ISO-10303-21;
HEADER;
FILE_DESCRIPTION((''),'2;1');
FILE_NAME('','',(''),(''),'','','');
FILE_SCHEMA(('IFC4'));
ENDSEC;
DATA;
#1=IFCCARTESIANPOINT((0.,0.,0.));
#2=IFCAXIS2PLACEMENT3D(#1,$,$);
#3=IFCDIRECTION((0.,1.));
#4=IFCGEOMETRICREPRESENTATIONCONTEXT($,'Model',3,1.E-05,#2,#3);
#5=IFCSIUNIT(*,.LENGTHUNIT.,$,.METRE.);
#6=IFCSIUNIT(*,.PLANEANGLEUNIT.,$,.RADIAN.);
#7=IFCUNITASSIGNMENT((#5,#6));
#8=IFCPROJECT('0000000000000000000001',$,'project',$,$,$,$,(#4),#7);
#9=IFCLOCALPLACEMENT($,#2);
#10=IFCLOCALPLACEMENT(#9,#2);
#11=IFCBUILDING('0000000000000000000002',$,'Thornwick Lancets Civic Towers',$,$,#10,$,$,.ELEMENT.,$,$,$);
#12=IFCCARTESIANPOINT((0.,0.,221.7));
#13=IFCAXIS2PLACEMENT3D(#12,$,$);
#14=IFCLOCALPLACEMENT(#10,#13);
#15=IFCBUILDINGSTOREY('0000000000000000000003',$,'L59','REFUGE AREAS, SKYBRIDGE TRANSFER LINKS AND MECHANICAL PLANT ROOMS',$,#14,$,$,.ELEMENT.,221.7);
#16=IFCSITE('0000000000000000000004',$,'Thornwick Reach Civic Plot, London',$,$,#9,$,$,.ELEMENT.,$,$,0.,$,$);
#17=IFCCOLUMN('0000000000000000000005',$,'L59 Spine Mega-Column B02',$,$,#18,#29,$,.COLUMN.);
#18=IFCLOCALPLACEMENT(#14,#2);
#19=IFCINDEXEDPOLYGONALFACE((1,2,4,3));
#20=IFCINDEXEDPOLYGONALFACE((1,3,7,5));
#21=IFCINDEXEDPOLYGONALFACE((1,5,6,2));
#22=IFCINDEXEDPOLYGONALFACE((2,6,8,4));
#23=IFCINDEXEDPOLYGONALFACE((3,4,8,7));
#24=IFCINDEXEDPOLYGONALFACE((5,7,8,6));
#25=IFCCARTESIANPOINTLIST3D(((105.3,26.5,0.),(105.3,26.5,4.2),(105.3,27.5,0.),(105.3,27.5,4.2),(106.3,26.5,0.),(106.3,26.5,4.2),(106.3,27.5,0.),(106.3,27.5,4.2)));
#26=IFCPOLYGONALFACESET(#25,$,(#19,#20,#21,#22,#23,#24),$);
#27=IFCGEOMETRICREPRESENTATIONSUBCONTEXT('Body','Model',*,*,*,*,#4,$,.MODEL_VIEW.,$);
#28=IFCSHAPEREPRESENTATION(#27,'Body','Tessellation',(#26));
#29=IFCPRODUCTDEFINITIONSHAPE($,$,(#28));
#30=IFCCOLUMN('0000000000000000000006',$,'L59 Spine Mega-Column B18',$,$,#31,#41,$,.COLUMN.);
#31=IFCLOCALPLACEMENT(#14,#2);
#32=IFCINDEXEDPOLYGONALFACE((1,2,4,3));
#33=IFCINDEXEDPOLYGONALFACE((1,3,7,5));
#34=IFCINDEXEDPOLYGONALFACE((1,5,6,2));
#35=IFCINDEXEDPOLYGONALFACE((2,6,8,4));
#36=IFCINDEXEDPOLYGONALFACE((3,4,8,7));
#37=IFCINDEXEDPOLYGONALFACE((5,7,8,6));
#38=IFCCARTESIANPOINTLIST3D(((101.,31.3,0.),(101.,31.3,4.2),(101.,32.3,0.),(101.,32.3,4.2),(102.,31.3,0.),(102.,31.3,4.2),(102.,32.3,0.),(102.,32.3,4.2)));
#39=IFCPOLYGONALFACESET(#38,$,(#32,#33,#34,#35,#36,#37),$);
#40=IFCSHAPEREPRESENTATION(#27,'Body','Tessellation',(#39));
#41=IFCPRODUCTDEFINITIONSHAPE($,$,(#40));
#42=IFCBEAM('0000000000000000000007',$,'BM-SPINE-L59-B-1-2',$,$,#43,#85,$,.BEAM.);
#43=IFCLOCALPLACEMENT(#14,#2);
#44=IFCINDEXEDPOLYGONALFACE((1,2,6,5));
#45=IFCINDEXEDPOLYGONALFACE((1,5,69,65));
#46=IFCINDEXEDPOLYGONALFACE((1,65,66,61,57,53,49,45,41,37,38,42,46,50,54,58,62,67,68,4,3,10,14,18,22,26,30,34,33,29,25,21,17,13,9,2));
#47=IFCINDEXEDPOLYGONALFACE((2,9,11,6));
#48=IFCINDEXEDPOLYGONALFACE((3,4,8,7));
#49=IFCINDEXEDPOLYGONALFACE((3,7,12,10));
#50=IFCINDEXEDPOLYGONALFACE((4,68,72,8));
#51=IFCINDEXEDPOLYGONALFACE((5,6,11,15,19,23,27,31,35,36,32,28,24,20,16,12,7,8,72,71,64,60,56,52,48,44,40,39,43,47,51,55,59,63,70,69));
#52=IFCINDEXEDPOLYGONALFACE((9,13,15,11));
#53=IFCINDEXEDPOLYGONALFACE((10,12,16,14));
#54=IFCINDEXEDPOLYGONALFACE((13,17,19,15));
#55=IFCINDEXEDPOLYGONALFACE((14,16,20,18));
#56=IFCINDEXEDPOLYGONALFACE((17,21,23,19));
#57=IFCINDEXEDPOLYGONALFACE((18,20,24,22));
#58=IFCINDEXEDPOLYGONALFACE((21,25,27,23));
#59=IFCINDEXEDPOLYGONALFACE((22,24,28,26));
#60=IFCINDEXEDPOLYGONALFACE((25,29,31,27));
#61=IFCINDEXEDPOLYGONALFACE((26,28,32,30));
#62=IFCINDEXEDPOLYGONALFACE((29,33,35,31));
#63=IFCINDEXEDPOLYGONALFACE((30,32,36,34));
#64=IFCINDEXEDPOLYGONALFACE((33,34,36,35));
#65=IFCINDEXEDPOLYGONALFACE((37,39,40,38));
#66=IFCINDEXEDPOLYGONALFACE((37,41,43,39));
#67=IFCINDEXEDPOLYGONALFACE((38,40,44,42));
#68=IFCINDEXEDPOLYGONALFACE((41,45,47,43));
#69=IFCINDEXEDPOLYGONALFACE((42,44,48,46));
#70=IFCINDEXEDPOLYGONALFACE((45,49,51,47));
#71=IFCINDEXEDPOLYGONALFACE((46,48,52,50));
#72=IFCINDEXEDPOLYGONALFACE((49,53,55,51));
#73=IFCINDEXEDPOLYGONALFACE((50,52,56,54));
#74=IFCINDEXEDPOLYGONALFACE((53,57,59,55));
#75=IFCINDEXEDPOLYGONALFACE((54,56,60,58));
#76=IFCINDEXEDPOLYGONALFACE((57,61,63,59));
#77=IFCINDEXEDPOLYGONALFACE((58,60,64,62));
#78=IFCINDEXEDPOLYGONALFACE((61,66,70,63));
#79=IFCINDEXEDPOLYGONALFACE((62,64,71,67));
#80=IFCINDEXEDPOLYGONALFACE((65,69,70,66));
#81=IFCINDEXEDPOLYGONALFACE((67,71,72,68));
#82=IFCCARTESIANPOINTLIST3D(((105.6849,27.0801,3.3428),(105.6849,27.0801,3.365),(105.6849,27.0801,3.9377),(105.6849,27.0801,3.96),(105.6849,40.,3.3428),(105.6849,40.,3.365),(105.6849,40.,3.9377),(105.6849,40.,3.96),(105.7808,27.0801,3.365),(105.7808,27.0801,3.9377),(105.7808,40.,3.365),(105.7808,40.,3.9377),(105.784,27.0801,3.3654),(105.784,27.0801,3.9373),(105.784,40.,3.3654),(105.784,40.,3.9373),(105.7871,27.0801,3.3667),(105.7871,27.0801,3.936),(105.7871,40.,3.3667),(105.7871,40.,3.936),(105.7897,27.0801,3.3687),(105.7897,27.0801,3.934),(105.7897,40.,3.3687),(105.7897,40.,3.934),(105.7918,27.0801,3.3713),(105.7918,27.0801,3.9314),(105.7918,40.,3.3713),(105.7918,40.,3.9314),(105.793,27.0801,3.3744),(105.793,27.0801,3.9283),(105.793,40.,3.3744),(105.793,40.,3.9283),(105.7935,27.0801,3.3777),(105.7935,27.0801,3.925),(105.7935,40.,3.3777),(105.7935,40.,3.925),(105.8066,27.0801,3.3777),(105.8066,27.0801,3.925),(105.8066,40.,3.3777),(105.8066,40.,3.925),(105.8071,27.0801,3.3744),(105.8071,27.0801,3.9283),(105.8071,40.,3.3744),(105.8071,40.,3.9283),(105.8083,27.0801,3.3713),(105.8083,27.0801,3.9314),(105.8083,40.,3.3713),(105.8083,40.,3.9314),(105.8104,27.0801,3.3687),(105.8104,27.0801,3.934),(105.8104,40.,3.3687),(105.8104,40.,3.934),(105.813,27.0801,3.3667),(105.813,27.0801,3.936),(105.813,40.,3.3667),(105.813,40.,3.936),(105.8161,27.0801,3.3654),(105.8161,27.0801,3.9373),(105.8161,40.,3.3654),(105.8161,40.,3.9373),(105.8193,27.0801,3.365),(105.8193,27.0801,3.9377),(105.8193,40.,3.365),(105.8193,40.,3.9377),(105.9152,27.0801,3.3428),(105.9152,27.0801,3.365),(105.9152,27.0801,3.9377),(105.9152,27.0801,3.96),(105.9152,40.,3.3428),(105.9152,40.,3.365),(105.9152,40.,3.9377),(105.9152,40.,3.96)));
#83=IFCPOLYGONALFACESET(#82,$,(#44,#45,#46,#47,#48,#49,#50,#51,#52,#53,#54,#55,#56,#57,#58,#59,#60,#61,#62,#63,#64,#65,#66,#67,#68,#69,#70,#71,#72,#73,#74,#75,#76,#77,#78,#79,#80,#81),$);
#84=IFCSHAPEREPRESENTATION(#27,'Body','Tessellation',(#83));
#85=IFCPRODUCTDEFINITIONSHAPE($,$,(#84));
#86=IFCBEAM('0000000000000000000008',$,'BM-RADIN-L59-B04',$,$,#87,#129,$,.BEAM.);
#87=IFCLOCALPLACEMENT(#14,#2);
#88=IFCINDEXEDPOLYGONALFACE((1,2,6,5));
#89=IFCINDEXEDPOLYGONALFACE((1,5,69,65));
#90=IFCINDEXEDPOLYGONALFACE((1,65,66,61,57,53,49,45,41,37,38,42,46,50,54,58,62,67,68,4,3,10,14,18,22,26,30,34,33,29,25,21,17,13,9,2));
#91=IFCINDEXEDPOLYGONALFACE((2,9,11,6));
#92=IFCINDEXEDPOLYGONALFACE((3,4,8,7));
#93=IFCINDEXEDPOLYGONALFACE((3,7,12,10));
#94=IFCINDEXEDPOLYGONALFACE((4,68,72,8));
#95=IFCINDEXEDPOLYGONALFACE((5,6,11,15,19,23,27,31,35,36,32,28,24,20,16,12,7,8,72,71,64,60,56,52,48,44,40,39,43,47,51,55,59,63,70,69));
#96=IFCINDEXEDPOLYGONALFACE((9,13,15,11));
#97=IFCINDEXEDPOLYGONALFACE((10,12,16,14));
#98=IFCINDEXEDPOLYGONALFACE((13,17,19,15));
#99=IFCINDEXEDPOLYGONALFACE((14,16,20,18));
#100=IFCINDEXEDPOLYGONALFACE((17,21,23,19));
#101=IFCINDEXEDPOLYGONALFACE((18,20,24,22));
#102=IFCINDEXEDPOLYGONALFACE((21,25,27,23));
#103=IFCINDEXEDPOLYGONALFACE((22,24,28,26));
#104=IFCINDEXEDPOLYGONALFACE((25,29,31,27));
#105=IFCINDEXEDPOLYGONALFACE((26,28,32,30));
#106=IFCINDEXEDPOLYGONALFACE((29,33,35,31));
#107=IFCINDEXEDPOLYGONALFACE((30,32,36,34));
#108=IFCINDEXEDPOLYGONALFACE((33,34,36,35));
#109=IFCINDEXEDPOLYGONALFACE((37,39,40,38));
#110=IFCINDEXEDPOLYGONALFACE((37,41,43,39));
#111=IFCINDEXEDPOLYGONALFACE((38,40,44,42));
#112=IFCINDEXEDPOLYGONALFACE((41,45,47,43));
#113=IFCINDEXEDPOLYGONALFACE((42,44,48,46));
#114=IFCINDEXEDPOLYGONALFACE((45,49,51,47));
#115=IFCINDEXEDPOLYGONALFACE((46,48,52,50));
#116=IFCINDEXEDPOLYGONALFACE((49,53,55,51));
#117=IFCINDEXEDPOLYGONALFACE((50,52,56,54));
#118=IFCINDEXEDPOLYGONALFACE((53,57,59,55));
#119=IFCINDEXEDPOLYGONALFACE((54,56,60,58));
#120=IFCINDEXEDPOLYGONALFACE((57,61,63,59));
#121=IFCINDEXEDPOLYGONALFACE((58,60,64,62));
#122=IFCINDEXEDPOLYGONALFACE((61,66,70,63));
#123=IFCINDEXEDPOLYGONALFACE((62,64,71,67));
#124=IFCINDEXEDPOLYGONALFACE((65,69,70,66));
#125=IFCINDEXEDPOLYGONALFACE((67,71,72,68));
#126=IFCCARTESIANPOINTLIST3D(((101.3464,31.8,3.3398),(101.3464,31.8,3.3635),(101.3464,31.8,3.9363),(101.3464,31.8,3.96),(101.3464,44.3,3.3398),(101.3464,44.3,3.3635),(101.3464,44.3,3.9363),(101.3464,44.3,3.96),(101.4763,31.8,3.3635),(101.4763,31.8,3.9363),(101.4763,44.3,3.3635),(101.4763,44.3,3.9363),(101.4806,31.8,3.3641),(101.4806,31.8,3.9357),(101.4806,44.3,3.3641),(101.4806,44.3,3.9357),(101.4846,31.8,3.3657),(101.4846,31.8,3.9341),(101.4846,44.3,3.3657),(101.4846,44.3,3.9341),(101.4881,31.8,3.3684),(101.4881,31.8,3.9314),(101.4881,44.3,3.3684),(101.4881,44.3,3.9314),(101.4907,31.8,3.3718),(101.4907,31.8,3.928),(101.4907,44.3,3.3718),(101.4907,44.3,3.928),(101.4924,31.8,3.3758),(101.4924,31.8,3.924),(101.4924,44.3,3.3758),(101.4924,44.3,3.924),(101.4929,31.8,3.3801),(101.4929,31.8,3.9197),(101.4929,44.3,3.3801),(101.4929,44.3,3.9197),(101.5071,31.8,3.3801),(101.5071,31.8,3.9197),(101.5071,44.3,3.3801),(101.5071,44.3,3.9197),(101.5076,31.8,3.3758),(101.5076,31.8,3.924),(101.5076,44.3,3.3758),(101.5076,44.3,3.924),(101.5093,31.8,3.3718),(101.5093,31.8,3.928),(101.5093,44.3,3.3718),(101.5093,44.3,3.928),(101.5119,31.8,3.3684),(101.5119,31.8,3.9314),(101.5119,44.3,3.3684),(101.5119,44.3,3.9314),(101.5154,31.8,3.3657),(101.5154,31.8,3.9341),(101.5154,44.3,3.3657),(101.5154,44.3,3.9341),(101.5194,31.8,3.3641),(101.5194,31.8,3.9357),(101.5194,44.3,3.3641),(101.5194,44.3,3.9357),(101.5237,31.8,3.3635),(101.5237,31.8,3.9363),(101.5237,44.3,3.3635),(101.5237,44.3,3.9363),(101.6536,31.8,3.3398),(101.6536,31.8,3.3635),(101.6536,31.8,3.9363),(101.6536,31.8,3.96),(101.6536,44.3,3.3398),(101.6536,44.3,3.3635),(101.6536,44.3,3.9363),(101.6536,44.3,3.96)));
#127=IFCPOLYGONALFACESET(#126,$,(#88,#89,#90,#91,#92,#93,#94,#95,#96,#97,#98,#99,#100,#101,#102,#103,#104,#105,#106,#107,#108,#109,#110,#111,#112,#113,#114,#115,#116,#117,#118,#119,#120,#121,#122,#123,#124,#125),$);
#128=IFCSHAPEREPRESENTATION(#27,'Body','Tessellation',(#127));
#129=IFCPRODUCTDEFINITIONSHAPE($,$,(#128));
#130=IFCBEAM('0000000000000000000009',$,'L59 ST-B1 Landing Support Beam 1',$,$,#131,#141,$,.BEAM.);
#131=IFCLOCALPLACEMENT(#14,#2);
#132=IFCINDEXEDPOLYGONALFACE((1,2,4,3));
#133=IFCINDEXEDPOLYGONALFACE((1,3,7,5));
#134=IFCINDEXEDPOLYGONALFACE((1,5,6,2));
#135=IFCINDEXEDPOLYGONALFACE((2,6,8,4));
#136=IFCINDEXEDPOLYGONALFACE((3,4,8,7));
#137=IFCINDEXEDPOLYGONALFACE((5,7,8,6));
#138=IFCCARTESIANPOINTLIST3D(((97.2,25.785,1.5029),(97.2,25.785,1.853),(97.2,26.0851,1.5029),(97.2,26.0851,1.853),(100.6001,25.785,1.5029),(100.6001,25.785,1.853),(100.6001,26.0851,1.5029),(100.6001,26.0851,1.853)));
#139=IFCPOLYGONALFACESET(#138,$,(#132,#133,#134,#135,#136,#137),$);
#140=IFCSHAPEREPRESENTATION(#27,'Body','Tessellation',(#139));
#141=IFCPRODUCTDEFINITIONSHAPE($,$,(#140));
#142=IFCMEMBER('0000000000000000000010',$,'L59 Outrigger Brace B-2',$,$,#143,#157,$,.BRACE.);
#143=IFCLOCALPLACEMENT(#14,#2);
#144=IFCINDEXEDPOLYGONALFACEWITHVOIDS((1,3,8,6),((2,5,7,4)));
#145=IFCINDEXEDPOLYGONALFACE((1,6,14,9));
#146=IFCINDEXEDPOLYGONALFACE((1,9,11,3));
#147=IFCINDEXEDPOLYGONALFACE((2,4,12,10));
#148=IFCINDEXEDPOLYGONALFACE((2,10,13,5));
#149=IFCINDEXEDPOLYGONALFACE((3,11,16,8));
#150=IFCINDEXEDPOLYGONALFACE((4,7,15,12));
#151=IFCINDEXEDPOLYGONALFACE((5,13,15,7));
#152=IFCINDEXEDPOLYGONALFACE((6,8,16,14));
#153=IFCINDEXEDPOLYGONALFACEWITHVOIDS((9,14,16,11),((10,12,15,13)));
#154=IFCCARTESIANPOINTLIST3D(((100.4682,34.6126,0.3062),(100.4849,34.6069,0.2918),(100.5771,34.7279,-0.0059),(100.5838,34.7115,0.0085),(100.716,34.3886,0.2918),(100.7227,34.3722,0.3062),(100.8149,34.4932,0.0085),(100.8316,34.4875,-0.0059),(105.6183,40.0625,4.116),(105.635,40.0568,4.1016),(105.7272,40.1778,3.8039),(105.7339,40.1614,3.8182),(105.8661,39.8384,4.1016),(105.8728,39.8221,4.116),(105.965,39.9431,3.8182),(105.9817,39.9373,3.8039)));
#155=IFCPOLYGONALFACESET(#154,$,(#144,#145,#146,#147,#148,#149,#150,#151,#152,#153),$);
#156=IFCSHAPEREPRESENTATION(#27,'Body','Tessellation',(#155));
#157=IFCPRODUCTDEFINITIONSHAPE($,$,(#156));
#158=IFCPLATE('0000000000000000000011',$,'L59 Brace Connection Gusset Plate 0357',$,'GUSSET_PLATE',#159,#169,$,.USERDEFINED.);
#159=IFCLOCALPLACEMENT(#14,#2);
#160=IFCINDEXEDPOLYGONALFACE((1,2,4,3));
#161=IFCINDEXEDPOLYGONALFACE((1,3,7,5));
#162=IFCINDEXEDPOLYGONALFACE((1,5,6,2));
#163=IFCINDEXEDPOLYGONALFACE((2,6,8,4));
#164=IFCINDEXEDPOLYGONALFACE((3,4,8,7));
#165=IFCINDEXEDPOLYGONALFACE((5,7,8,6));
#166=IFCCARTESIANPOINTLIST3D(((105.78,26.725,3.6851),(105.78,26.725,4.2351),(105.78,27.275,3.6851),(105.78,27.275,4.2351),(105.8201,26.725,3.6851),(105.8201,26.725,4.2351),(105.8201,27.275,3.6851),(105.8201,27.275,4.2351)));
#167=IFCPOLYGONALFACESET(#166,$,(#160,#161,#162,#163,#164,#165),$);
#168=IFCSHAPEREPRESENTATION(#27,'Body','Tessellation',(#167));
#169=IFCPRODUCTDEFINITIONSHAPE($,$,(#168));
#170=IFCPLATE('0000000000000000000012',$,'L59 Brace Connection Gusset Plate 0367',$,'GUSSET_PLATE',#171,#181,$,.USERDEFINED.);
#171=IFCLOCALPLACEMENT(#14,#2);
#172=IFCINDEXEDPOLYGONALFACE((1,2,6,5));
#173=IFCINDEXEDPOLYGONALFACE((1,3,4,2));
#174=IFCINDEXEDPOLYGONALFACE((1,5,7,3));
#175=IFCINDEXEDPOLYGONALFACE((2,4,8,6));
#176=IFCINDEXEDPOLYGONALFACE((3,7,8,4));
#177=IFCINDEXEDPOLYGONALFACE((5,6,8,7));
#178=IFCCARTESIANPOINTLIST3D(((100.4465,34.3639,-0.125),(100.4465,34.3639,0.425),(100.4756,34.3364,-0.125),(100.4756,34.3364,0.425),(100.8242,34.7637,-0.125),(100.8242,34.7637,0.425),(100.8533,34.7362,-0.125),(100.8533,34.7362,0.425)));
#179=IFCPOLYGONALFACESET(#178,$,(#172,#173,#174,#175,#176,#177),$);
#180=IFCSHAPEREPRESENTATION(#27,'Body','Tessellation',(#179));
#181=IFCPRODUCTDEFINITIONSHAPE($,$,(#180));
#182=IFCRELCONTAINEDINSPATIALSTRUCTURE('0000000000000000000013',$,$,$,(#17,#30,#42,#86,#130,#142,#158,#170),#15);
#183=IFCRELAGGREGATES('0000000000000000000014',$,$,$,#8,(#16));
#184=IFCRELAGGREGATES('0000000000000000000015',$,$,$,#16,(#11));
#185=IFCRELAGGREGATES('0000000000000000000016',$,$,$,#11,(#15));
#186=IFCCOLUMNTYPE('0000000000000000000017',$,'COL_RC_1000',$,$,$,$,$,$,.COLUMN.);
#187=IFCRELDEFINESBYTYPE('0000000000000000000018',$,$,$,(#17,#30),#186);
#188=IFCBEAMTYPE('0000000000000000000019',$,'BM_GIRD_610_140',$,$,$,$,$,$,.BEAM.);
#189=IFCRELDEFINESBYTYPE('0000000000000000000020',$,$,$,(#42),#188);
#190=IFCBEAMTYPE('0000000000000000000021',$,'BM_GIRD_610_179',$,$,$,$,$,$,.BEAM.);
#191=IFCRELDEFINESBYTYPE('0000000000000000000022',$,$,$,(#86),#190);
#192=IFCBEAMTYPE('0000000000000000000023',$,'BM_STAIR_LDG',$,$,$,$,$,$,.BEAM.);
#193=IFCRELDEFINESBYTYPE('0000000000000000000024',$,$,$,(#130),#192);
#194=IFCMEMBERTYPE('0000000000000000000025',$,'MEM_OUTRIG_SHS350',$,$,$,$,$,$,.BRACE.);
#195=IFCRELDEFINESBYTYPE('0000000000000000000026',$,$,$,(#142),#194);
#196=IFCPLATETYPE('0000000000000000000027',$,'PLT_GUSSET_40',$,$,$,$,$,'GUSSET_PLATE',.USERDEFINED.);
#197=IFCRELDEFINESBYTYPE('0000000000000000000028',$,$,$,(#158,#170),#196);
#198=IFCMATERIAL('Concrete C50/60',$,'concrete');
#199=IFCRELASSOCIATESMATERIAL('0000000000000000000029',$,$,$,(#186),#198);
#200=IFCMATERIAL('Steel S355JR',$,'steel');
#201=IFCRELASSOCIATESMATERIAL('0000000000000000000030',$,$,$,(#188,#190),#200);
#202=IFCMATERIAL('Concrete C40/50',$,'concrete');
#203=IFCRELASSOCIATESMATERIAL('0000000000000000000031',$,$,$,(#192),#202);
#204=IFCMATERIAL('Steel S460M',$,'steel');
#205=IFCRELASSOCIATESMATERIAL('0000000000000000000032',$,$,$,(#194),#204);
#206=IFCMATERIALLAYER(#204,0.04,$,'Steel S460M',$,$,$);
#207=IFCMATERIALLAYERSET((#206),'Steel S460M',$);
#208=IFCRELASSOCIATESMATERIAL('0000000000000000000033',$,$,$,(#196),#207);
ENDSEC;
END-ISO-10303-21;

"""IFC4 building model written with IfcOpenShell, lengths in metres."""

from ifc_helpers import new_model, si_unit, direction, frame, origin, origin_2d, place, context, subcontext, project, spatial, rectangle, hollow_rectangle, i_section, extrude, material, layer, layer_set, material_profile, profile_set, type_object, element, save


model = new_model("IFC4")

# Units and contexts
model_context = context("Model", 3, precision=1e-05, world=origin(), true_north=direction((0.0, 1.0)))
body_context = subcontext(model_context, "Body", "Model", "MODEL_VIEW")
ifc_project = project(units=[si_unit("LENGTHUNIT", "METRE"), si_unit("PLANEANGLEUNIT", "RADIAN")], contexts=[model_context])

# Site, building, storey
site_placement = place(None, origin())
site = spatial("IfcSite", under=ifc_project, at=site_placement, Name="Thornwick Reach Civic Plot, London", CompositionType="ELEMENT", RefElevation=0.0)
building_placement = place(site_placement, origin())
building = spatial("IfcBuilding", under=site, at=building_placement, Name="Thornwick Lancets Civic Towers", CompositionType="ELEMENT")
storey_placement = place(building_placement, frame((0.0, 0.0, 221.7)))
storey = spatial("IfcBuildingStorey", under=building, at=storey_placement, Name="L59", Description="REFUGE AREAS, SKYBRIDGE TRANSFER LINKS AND MECHANICAL PLANT ROOMS", CompositionType="ELEMENT", Elevation=221.7)

# Columns
ifc_material_1 = material(Name="Concrete C50/60", Category="concrete")
ifc_material_profile_1 = material_profile(ifc_material_1, rectangle(XDim=1.0, YDim=1.0, at=origin_2d()), Name="RC 1000x1000")
ifc_profile_set_1 = profile_set([ifc_material_profile_1], Name="Concrete C50/60")
column_type = type_object("IfcColumnType", Name="COL_RC_1000", PredefinedType="COLUMN", material=ifc_profile_set_1)
for number, where, z_axis, x_axis, name in (
    (1, (105.8, 27.0, 0.0), (0.0, 0.0, 1.0), (1.0, 0.0, 0.0), "L59 Spine Mega-Column B02"),
    (2, (101.5, 31.8, 0.0), (0.0, 0.0, 1.0), (1.0, 0.0, 0.0), "L59 Spine Mega-Column B18"),
):
    element("IfcColumn", number, at=place(storey_placement, frame(where, z_axis=z_axis, x_axis=x_axis)), inside=storey, type_object=column_type, Name=name, PredefinedType="COLUMN", context=body_context, shape_type="SweptSolid", body=[
        extrude(rectangle(XDim=1.0, YDim=1.0, at=origin_2d()), origin(), (0.0, 0.0, 1.0), 4.2),
    ])

# Beams
ifc_material_2 = material(Name="Steel S355JR", Category="steel")
ifc_material_profile_2 = material_profile(ifc_material_2, i_section(OverallWidth=0.2302, OverallDepth=0.6172, WebThickness=0.0132, FlangeThickness=0.0222, FilletRadius=0.0127, at=origin_2d()), Name="UKB 610x229x140")
ifc_profile_set_2 = profile_set([ifc_material_profile_2], Name="Steel S355JR")
beam_type_1 = type_object("IfcBeamType", Name="BM_GIRD_610_140", PredefinedType="BEAM", material=ifc_profile_set_2)
beam_1_placement = place(storey_placement, frame((105.8, 27.0801, 3.6514), z_axis=(0.0, 1.0, 0.0), x_axis=(-1.0, 0.0, 0.0)))
element("IfcBeam", 3, at=beam_1_placement, inside=storey, type_object=beam_type_1, Name="BM-SPINE-L59-B-1-2", PredefinedType="BEAM", context=body_context, shape_type="SweptSolid", body=[
    extrude(i_section(OverallWidth=0.2302, OverallDepth=0.6172, WebThickness=0.0132, FlangeThickness=0.0222, FilletRadius=0.0127, at=origin_2d()), origin(), (0.0, 0.0, 1.0), 12.9199),
])
ifc_material_profile_3 = material_profile(ifc_material_2, i_section(OverallWidth=0.3071, OverallDepth=0.6201, WebThickness=0.0142, FlangeThickness=0.0237, FilletRadius=0.0166, at=origin_2d()), Name="UKB 610x305x179")
ifc_profile_set_3 = profile_set([ifc_material_profile_3], Name="Steel S355JR")
beam_type_2 = type_object("IfcBeamType", Name="BM_GIRD_610_179", PredefinedType="BEAM", material=ifc_profile_set_3)
beam_2_placement = place(storey_placement, frame((101.5, 31.8, 3.6499), z_axis=(0.0, 1.0, 0.0), x_axis=(-1.0, 0.0, 0.0)))
element("IfcBeam", 4, at=beam_2_placement, inside=storey, type_object=beam_type_2, Name="BM-RADIN-L59-B04", PredefinedType="BEAM", context=body_context, shape_type="SweptSolid", body=[
    extrude(i_section(OverallWidth=0.3071, OverallDepth=0.6201, WebThickness=0.0142, FlangeThickness=0.0237, FilletRadius=0.0166, at=origin_2d()), origin(), (0.0, 0.0, 1.0), 12.5),
])
ifc_material_3 = material(Name="Concrete C40/50", Category="concrete")
ifc_material_profile_4 = material_profile(ifc_material_3, rectangle(XDim=0.3, YDim=0.3501, at=origin_2d()), Name="RC 300x350")
ifc_profile_set_4 = profile_set([ifc_material_profile_4], Name="Concrete C40/50")
beam_type_3 = type_object("IfcBeamType", Name="BM_STAIR_LDG", PredefinedType="BEAM", material=ifc_profile_set_4)
beam_3_placement = place(storey_placement, frame((100.6001, 25.9351, 1.678), z_axis=(-1.0, 0.0, 0.0), x_axis=(0.0, -1.0, 0.0)))
element("IfcBeam", 5, at=beam_3_placement, inside=storey, type_object=beam_type_3, Name="L59 ST-B1 Landing Support Beam 1", PredefinedType="BEAM", context=body_context, shape_type="SweptSolid", body=[
    extrude(rectangle(XDim=0.3, YDim=0.3501, at=origin_2d()), origin(), (0.0, 0.0, 1.0), 3.4001),
])

# Member
ifc_material_4 = material(Name="Steel S460M", Category="steel")
ifc_material_profile_5 = material_profile(ifc_material_4, hollow_rectangle(XDim=0.3501, YDim=0.3501, WallThickness=0.0161, at=origin_2d()), Name="SHS 350x350x16")
ifc_profile_set_5 = profile_set([ifc_material_profile_5], Name="Steel S460M")
member_type = type_object("IfcMemberType", Name="MEM_OUTRIG_SHS350", PredefinedType="BRACE", material=ifc_profile_set_5)
member_placement = place(storey_placement, frame((100.6499, 34.55, 0.1501), z_axis=(0.612329, 0.647975, 0.45297), x_axis=(-0.726815, 0.686833, 0.0)))
element("IfcMember", 6, at=member_placement, inside=storey, type_object=member_type, Name="L59 Outrigger Brace B-2", PredefinedType="BRACE", context=body_context, shape_type="SweptSolid", body=[
    extrude(hollow_rectangle(XDim=0.3501, YDim=0.3501, WallThickness=0.0161, at=origin_2d()), origin(), (0.0, 0.0, 1.0), 8.4106),
])

# Plates
ifc_layer_1 = layer(ifc_material_4, 0.04, Name="Steel S460M")
ifc_layer_set_1 = layer_set([ifc_layer_1], Name="Steel S460M")
plate_type = type_object("IfcPlateType", Name="PLT_GUSSET_40", ElementType="GUSSET_PLATE", PredefinedType="USERDEFINED", material=ifc_layer_set_1)
for number, where, z_axis, x_axis, name in (
    (7, (105.8, 27.0, 3.6851), (0.0, 0.0, 1.0), (0.0, 1.0, 0.0), "L59 Brace Connection Gusset Plate 0357"),
    (8, (100.6499, 34.55, -0.125), (0.0, 0.0, 1.0), (0.686834, 0.726814, 0.0), "L59 Brace Connection Gusset Plate 0367"),
):
    element("IfcPlate", number, at=place(storey_placement, frame(where, z_axis=z_axis, x_axis=x_axis)), inside=storey, type_object=plate_type, Name=name, ObjectType="GUSSET_PLATE", PredefinedType="USERDEFINED", context=body_context, shape_type="SweptSolid", body=[
        extrude(rectangle(XDim=0.55, YDim=0.04, at=origin_2d()), origin(), (0.0, 0.0, 1.0), 0.55),
    ])

save(model, "model.ifc")
